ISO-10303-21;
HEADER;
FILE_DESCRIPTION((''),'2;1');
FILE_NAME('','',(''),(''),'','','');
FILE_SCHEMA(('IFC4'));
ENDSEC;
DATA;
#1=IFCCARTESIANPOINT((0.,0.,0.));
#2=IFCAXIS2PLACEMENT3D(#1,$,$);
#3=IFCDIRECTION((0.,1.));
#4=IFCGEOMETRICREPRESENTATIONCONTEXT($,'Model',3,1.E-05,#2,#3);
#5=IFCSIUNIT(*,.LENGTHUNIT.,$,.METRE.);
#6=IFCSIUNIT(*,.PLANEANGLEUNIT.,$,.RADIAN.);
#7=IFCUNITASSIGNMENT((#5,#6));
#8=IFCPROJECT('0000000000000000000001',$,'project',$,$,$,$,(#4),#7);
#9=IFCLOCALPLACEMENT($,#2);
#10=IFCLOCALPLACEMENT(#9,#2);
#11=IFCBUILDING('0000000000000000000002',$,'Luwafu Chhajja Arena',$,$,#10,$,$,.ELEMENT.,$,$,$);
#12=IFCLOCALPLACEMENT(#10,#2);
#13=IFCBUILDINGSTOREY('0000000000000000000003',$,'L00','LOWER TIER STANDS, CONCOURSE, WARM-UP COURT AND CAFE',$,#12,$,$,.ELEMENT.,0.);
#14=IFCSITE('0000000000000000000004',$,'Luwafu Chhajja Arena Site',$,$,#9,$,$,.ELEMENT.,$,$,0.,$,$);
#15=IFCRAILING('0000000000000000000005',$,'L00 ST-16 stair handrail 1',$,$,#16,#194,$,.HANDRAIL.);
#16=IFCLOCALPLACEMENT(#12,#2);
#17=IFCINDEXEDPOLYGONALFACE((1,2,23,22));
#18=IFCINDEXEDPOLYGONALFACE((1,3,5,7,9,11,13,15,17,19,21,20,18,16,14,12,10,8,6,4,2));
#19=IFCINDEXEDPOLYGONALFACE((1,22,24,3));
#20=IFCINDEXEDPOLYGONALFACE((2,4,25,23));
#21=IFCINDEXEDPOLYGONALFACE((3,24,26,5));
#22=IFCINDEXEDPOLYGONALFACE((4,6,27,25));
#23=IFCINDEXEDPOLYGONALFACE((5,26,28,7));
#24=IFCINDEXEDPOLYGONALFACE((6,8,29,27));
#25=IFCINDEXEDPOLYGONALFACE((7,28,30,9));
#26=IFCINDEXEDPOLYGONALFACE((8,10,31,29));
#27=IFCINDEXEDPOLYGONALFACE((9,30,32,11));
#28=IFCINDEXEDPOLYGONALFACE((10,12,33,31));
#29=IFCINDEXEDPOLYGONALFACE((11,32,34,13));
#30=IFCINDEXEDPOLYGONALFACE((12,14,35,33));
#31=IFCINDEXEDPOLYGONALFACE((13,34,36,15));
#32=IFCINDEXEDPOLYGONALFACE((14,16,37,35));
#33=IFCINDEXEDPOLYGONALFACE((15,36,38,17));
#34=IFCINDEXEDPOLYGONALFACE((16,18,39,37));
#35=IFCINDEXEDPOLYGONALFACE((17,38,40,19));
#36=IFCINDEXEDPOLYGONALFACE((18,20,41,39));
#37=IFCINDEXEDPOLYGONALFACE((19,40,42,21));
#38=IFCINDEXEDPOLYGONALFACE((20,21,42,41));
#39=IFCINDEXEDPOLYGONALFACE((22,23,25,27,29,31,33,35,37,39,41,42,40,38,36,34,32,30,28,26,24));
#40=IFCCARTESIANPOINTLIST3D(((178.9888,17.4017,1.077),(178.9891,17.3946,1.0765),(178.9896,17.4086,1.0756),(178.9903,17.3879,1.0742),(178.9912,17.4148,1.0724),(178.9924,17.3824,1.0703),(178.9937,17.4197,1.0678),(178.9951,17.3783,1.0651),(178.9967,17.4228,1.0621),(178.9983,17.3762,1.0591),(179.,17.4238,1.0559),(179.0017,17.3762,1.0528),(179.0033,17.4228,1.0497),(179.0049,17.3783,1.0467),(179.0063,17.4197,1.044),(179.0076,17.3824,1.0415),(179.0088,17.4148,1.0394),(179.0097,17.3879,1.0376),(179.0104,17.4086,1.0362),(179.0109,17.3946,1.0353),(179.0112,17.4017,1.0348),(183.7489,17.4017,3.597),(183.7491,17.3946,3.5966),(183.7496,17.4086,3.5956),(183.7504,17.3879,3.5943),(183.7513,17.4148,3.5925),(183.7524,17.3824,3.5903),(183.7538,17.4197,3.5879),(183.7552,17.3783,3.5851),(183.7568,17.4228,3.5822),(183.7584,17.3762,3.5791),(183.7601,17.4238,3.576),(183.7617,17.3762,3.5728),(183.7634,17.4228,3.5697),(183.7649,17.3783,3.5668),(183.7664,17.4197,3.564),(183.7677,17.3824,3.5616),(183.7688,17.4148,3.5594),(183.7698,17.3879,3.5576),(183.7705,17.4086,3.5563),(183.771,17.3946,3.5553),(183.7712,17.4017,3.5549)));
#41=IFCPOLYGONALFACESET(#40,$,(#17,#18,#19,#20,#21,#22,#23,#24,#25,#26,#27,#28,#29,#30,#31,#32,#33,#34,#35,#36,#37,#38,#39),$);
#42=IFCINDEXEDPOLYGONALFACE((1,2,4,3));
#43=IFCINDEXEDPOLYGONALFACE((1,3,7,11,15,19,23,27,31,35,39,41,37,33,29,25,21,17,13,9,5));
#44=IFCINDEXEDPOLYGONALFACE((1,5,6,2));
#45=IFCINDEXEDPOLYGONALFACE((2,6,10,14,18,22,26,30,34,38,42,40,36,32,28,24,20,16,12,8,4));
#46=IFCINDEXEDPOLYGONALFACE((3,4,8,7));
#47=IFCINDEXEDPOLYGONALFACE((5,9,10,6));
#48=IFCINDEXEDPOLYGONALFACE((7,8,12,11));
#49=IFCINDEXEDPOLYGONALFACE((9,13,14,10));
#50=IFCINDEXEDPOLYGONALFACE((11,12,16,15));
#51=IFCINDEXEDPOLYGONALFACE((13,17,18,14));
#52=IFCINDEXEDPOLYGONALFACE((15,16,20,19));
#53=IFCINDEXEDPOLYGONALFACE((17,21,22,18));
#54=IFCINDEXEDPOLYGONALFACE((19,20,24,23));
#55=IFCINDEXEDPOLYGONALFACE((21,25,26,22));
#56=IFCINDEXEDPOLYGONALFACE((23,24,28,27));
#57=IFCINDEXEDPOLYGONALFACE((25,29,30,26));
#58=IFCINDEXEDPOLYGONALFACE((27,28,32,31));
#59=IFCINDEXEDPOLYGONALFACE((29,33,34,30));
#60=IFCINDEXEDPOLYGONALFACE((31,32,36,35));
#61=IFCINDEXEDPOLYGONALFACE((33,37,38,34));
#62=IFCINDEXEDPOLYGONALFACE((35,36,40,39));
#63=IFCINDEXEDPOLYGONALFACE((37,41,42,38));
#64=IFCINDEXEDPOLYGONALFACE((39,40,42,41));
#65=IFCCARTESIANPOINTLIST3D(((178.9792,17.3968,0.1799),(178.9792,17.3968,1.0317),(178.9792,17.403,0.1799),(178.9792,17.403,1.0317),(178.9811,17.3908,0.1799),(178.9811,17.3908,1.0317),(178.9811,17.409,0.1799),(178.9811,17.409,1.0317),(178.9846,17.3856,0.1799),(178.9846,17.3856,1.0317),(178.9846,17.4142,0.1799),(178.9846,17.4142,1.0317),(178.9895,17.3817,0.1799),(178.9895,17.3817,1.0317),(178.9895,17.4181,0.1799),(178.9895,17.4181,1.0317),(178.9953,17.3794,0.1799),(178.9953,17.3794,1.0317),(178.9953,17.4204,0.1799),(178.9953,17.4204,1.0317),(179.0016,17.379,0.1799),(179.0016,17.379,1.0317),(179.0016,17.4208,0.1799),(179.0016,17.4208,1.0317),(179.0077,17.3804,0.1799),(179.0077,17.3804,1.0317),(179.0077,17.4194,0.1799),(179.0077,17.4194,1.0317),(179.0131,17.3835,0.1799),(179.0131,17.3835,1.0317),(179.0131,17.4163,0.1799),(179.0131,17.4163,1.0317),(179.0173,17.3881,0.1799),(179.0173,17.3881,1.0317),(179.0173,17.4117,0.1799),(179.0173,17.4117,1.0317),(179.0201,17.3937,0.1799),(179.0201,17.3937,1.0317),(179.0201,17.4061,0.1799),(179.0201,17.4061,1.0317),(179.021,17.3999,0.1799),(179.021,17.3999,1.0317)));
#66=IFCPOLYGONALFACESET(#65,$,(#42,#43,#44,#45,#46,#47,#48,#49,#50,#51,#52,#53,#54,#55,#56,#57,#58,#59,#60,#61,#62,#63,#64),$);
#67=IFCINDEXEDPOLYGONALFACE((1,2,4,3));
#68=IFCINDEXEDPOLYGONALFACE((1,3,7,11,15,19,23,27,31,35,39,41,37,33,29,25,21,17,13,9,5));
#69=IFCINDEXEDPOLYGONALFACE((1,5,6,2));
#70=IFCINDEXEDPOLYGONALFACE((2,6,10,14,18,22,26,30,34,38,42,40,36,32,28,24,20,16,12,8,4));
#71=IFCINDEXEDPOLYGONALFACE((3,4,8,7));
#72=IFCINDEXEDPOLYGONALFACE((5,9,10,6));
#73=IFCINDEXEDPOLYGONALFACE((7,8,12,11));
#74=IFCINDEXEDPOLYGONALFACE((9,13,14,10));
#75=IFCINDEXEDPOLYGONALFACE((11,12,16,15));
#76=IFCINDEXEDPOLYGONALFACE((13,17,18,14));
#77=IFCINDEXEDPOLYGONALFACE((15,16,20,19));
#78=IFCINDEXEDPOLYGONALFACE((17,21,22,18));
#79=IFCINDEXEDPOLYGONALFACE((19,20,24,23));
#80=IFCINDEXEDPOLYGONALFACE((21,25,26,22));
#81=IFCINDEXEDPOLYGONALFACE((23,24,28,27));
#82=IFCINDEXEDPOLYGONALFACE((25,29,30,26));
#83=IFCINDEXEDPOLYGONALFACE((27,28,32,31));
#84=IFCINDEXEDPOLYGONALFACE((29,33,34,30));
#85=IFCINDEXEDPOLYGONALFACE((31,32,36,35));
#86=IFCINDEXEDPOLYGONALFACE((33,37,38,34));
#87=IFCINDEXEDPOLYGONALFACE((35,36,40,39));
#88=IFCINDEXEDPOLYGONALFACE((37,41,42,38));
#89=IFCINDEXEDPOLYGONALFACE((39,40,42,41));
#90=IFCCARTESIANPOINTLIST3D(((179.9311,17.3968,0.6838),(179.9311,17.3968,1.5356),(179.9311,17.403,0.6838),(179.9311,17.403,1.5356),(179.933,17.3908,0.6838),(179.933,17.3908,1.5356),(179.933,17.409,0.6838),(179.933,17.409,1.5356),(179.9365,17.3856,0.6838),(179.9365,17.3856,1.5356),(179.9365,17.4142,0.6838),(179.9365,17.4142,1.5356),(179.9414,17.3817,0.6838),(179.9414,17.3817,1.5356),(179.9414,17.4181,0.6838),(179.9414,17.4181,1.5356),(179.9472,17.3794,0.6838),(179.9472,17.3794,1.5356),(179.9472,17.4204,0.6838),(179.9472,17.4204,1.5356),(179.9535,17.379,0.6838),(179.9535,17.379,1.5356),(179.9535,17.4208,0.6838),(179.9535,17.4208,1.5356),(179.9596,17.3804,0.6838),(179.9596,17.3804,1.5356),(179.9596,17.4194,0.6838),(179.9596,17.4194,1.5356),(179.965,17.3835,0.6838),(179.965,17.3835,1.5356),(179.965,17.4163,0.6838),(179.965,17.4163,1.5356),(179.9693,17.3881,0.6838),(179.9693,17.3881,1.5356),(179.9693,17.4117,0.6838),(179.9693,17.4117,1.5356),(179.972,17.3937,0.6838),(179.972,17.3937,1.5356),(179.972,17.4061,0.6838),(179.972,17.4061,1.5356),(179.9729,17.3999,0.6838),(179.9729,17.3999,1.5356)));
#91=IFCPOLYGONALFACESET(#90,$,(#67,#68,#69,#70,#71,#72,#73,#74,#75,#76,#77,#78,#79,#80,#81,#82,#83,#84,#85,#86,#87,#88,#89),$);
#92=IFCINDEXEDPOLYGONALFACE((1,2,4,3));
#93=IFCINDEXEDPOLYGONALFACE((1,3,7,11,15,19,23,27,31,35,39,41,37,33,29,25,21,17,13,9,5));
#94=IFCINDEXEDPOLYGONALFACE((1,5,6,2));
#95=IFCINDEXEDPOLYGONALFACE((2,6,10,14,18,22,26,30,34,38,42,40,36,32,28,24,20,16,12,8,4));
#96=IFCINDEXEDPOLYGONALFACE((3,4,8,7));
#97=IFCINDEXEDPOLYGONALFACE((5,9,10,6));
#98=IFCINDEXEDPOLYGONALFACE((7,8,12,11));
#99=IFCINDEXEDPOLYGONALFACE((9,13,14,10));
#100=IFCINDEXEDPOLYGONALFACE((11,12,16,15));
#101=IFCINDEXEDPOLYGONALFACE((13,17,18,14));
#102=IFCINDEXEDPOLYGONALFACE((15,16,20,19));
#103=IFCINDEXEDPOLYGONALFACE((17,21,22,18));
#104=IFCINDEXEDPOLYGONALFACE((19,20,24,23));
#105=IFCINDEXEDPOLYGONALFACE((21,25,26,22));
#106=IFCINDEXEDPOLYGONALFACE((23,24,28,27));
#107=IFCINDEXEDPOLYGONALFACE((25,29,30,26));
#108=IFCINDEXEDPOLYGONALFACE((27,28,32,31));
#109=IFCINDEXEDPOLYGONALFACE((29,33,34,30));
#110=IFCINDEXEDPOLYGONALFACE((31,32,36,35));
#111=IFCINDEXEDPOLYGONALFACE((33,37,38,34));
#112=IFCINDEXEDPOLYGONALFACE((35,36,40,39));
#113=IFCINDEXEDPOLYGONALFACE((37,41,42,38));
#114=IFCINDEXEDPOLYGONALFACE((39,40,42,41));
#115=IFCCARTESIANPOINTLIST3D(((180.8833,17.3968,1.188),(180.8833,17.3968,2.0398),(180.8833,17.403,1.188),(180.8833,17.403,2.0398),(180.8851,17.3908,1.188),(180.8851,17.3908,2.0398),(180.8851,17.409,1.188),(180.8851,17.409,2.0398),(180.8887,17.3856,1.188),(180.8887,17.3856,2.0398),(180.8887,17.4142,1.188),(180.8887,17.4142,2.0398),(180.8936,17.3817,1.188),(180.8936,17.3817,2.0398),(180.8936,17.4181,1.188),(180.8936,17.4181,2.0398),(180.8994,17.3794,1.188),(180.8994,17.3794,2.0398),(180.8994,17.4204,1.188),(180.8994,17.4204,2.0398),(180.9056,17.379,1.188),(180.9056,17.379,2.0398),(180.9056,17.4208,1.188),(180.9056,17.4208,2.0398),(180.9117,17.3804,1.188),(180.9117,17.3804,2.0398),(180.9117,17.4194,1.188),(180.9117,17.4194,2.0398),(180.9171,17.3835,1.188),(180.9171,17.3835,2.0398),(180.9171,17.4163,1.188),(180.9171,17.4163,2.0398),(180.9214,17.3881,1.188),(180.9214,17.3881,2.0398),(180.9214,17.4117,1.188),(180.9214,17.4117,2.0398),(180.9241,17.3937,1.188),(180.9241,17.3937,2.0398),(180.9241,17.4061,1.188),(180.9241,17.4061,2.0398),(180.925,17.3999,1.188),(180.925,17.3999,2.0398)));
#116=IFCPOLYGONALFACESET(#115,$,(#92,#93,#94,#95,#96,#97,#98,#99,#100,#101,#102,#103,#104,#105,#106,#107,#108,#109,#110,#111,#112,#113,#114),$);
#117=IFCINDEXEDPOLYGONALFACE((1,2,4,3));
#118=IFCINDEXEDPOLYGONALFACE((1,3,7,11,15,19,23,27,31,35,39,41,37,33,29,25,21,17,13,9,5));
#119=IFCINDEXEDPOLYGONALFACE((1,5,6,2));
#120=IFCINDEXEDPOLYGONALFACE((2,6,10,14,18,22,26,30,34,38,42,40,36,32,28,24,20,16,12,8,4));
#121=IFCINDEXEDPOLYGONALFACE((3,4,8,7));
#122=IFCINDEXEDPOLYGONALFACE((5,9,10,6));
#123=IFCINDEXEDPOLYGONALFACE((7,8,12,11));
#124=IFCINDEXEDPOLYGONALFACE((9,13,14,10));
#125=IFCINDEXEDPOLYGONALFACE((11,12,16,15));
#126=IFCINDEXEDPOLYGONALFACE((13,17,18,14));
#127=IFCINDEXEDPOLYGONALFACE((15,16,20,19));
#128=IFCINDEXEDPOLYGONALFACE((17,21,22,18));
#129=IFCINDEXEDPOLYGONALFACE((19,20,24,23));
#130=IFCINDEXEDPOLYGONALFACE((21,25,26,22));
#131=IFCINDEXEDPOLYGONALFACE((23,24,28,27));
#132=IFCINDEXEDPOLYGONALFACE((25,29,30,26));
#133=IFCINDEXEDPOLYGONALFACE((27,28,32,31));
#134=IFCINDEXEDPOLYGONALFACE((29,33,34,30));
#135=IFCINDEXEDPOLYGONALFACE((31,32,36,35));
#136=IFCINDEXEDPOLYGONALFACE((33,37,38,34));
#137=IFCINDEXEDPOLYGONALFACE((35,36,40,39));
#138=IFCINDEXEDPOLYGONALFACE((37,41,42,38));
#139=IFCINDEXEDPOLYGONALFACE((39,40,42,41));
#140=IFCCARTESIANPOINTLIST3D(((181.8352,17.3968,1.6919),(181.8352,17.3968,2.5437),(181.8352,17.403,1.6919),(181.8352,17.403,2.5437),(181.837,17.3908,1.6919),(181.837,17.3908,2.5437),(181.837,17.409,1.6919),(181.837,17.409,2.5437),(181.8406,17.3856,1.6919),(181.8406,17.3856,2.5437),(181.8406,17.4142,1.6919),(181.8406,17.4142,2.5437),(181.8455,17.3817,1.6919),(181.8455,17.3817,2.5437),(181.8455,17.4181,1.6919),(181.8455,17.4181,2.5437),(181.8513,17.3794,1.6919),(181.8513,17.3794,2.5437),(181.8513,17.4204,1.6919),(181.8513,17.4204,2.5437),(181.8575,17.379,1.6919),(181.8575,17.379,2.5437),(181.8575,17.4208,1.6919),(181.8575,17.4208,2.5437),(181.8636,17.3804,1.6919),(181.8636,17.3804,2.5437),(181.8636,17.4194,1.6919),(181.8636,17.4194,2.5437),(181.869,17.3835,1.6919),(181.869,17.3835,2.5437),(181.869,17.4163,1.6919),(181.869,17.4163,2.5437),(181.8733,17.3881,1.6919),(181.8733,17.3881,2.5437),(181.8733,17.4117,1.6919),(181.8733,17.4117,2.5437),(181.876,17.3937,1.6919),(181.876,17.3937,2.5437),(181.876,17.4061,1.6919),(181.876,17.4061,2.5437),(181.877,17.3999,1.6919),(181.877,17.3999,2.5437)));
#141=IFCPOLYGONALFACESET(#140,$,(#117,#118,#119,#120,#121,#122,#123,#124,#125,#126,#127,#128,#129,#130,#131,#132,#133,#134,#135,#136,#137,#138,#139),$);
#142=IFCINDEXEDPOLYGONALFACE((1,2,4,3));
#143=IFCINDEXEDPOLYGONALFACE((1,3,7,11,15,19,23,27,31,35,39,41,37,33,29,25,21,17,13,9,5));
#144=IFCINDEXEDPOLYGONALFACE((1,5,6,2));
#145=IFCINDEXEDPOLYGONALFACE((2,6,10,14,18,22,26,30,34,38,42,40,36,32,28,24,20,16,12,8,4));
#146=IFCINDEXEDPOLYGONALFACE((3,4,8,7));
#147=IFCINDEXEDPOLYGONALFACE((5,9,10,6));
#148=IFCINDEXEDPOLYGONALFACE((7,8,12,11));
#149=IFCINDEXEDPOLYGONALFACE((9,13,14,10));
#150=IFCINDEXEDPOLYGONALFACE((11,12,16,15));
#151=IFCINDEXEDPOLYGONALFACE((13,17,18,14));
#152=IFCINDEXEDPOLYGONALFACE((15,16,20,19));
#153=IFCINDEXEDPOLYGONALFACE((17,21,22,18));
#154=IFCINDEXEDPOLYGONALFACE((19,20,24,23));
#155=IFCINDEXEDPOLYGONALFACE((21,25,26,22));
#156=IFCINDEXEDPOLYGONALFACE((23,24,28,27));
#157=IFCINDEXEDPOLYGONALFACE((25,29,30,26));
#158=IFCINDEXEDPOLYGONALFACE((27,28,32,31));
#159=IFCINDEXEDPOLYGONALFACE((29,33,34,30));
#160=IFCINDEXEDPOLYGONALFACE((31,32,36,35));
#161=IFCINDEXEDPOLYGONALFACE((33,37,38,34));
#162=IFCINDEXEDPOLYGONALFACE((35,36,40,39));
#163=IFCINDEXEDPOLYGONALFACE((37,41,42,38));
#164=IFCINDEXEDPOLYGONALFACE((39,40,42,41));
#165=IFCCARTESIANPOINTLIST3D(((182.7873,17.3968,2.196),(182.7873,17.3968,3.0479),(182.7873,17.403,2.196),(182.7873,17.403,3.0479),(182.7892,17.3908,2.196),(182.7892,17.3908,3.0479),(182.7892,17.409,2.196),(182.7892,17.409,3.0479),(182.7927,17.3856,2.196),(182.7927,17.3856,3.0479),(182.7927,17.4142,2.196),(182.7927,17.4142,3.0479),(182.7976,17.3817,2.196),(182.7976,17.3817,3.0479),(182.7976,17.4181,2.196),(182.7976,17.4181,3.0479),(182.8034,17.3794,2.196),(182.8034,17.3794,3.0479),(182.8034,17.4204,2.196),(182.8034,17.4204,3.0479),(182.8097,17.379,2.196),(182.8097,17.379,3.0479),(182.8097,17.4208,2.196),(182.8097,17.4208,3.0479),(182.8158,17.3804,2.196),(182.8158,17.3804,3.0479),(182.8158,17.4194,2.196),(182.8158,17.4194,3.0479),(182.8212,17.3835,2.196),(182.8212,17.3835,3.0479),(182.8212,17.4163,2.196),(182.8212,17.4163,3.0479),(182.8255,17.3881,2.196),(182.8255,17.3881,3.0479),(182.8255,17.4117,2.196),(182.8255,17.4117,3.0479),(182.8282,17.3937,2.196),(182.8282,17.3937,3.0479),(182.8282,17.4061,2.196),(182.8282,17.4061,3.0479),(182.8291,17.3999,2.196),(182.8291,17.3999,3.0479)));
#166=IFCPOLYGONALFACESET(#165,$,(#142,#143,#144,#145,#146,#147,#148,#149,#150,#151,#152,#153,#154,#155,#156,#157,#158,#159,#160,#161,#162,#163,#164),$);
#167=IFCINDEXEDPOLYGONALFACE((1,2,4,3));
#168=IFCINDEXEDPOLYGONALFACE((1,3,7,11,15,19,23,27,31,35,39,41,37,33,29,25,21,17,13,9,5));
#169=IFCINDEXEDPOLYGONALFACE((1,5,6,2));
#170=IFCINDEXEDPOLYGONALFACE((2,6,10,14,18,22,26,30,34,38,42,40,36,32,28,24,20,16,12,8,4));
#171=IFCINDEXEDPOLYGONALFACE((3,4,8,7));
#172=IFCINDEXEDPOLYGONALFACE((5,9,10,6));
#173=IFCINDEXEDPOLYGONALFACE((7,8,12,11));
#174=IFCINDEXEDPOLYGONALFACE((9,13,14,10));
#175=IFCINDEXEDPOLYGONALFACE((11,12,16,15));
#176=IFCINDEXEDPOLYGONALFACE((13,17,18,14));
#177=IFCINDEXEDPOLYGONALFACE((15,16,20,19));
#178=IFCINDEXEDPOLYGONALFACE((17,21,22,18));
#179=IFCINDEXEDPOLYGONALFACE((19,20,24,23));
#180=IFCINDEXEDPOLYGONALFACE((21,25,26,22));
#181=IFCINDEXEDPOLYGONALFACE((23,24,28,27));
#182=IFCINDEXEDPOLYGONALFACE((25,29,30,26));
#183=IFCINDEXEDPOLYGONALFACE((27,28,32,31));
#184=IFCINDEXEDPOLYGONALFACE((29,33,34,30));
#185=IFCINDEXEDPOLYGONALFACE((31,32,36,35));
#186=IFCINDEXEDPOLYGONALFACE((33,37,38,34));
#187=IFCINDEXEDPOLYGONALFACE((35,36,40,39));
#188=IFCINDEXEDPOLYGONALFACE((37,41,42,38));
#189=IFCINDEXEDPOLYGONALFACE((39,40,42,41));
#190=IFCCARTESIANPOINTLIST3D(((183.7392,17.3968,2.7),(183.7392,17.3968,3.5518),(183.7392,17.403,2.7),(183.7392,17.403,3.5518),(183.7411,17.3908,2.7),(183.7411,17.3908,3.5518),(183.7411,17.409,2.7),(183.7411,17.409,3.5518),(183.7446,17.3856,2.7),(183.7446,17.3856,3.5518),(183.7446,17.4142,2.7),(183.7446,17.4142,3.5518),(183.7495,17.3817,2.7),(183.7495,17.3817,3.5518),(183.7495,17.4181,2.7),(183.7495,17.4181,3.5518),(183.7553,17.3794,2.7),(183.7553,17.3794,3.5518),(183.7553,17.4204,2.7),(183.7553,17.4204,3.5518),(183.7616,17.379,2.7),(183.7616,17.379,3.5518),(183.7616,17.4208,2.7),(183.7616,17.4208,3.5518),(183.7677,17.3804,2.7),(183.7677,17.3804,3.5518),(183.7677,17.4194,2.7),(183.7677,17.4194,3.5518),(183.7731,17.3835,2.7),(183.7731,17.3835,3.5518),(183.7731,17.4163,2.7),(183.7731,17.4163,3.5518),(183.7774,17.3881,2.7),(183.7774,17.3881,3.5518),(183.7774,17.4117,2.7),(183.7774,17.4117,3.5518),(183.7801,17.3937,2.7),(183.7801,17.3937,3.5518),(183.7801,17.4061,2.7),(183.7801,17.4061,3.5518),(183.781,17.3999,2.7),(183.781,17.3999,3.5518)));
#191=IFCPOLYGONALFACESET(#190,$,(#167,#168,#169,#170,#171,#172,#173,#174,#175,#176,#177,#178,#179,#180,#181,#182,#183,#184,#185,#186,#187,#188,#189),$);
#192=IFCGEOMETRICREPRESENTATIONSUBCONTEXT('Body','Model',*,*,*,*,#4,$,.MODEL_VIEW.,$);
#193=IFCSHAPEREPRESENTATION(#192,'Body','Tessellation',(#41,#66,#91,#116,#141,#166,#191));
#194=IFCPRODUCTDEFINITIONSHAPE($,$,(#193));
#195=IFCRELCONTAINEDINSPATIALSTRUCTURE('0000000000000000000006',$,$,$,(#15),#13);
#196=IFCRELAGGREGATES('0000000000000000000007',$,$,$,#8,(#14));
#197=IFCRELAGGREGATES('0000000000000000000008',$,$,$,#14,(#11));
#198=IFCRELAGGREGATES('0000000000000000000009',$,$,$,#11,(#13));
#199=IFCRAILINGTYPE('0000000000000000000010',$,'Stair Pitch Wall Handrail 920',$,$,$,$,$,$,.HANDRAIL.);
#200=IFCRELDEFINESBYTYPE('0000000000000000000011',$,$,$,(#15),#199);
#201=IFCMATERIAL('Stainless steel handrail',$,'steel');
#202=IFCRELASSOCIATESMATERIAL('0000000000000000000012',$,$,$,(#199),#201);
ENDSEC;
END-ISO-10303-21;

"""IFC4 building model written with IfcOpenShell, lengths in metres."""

from ifc_helpers import new_model, si_unit, direction, frame, origin, origin_2d, place, context, subcontext, project, spatial, circle, extrude, material, type_object, element, save


model = new_model("IFC4")

# Units and contexts
model_context = context("Model", 3, precision=1e-05, world=origin(), true_north=direction((0.0, 1.0)))
body_context = subcontext(model_context, "Body", "Model", "MODEL_VIEW")
ifc_project = project(units=[si_unit("LENGTHUNIT", "METRE"), si_unit("PLANEANGLEUNIT", "RADIAN")], contexts=[model_context])

# Site, building, storey
site_placement = place(None, origin())
site = spatial("IfcSite", under=ifc_project, at=site_placement, Name="Luwafu Chhajja Arena Site", CompositionType="ELEMENT", RefElevation=0.0)
building_placement = place(site_placement, origin())
building = spatial("IfcBuilding", under=site, at=building_placement, Name="Luwafu Chhajja Arena", CompositionType="ELEMENT")
storey_placement = place(building_placement, origin())
storey = spatial("IfcBuildingStorey", under=building, at=storey_placement, Name="L00", Description="LOWER TIER STANDS, CONCOURSE, WARM-UP COURT AND CAFE", CompositionType="ELEMENT", Elevation=0.0)

# Railing
ifc_material_1 = material(Name="Stainless steel handrail", Category="steel")
railing_type_1 = type_object("IfcRailingType", Name="Stair Pitch Wall Handrail 920", PredefinedType="HANDRAIL", material=ifc_material_1)
for number, where, name in (
    (1, (179.0, 17.3999, 0.1799), "L00 ST-16 stair handrail 1"),
):
    element("IfcRailing", number, at=place(storey_placement, frame(where)), inside=storey, type_object=railing_type_1, Name=name, PredefinedType="HANDRAIL", context=body_context, shape_type="SweptSolid", body=[
        extrude(circle(Radius=0.0239, at=origin_2d()), frame((0.0, 0.0, 0.876), z_axis=(0.883787, 0.0, 0.46789), x_axis=(0.0, 1.0, 0.0)), (0.0, 0.0, 1.0), 5.386),
        extrude(circle(Radius=0.021, at=origin_2d()), origin(), (0.0, 0.0, 1.0), 0.8518),
        extrude(circle(Radius=0.021, at=origin_2d()), frame((0.9519, 0.0, 0.5039)), (0.0, 0.0, 1.0), 0.8518),
        extrude(circle(Radius=0.021, at=origin_2d()), frame((1.9041, 0.0, 1.0081)), (0.0, 0.0, 1.0), 0.8518),
        extrude(circle(Radius=0.021, at=origin_2d()), frame((2.856, 0.0, 1.512)), (0.0, 0.0, 1.0), 0.8518),
        extrude(circle(Radius=0.021, at=origin_2d()), frame((3.8081, 0.0, 2.0161)), (0.0, 0.0, 1.0), 0.8518),
        extrude(circle(Radius=0.021, at=origin_2d()), frame((4.76, 0.0, 2.52)), (0.0, 0.0, 1.0), 0.8518),
    ])

save(model, "model.ifc")
